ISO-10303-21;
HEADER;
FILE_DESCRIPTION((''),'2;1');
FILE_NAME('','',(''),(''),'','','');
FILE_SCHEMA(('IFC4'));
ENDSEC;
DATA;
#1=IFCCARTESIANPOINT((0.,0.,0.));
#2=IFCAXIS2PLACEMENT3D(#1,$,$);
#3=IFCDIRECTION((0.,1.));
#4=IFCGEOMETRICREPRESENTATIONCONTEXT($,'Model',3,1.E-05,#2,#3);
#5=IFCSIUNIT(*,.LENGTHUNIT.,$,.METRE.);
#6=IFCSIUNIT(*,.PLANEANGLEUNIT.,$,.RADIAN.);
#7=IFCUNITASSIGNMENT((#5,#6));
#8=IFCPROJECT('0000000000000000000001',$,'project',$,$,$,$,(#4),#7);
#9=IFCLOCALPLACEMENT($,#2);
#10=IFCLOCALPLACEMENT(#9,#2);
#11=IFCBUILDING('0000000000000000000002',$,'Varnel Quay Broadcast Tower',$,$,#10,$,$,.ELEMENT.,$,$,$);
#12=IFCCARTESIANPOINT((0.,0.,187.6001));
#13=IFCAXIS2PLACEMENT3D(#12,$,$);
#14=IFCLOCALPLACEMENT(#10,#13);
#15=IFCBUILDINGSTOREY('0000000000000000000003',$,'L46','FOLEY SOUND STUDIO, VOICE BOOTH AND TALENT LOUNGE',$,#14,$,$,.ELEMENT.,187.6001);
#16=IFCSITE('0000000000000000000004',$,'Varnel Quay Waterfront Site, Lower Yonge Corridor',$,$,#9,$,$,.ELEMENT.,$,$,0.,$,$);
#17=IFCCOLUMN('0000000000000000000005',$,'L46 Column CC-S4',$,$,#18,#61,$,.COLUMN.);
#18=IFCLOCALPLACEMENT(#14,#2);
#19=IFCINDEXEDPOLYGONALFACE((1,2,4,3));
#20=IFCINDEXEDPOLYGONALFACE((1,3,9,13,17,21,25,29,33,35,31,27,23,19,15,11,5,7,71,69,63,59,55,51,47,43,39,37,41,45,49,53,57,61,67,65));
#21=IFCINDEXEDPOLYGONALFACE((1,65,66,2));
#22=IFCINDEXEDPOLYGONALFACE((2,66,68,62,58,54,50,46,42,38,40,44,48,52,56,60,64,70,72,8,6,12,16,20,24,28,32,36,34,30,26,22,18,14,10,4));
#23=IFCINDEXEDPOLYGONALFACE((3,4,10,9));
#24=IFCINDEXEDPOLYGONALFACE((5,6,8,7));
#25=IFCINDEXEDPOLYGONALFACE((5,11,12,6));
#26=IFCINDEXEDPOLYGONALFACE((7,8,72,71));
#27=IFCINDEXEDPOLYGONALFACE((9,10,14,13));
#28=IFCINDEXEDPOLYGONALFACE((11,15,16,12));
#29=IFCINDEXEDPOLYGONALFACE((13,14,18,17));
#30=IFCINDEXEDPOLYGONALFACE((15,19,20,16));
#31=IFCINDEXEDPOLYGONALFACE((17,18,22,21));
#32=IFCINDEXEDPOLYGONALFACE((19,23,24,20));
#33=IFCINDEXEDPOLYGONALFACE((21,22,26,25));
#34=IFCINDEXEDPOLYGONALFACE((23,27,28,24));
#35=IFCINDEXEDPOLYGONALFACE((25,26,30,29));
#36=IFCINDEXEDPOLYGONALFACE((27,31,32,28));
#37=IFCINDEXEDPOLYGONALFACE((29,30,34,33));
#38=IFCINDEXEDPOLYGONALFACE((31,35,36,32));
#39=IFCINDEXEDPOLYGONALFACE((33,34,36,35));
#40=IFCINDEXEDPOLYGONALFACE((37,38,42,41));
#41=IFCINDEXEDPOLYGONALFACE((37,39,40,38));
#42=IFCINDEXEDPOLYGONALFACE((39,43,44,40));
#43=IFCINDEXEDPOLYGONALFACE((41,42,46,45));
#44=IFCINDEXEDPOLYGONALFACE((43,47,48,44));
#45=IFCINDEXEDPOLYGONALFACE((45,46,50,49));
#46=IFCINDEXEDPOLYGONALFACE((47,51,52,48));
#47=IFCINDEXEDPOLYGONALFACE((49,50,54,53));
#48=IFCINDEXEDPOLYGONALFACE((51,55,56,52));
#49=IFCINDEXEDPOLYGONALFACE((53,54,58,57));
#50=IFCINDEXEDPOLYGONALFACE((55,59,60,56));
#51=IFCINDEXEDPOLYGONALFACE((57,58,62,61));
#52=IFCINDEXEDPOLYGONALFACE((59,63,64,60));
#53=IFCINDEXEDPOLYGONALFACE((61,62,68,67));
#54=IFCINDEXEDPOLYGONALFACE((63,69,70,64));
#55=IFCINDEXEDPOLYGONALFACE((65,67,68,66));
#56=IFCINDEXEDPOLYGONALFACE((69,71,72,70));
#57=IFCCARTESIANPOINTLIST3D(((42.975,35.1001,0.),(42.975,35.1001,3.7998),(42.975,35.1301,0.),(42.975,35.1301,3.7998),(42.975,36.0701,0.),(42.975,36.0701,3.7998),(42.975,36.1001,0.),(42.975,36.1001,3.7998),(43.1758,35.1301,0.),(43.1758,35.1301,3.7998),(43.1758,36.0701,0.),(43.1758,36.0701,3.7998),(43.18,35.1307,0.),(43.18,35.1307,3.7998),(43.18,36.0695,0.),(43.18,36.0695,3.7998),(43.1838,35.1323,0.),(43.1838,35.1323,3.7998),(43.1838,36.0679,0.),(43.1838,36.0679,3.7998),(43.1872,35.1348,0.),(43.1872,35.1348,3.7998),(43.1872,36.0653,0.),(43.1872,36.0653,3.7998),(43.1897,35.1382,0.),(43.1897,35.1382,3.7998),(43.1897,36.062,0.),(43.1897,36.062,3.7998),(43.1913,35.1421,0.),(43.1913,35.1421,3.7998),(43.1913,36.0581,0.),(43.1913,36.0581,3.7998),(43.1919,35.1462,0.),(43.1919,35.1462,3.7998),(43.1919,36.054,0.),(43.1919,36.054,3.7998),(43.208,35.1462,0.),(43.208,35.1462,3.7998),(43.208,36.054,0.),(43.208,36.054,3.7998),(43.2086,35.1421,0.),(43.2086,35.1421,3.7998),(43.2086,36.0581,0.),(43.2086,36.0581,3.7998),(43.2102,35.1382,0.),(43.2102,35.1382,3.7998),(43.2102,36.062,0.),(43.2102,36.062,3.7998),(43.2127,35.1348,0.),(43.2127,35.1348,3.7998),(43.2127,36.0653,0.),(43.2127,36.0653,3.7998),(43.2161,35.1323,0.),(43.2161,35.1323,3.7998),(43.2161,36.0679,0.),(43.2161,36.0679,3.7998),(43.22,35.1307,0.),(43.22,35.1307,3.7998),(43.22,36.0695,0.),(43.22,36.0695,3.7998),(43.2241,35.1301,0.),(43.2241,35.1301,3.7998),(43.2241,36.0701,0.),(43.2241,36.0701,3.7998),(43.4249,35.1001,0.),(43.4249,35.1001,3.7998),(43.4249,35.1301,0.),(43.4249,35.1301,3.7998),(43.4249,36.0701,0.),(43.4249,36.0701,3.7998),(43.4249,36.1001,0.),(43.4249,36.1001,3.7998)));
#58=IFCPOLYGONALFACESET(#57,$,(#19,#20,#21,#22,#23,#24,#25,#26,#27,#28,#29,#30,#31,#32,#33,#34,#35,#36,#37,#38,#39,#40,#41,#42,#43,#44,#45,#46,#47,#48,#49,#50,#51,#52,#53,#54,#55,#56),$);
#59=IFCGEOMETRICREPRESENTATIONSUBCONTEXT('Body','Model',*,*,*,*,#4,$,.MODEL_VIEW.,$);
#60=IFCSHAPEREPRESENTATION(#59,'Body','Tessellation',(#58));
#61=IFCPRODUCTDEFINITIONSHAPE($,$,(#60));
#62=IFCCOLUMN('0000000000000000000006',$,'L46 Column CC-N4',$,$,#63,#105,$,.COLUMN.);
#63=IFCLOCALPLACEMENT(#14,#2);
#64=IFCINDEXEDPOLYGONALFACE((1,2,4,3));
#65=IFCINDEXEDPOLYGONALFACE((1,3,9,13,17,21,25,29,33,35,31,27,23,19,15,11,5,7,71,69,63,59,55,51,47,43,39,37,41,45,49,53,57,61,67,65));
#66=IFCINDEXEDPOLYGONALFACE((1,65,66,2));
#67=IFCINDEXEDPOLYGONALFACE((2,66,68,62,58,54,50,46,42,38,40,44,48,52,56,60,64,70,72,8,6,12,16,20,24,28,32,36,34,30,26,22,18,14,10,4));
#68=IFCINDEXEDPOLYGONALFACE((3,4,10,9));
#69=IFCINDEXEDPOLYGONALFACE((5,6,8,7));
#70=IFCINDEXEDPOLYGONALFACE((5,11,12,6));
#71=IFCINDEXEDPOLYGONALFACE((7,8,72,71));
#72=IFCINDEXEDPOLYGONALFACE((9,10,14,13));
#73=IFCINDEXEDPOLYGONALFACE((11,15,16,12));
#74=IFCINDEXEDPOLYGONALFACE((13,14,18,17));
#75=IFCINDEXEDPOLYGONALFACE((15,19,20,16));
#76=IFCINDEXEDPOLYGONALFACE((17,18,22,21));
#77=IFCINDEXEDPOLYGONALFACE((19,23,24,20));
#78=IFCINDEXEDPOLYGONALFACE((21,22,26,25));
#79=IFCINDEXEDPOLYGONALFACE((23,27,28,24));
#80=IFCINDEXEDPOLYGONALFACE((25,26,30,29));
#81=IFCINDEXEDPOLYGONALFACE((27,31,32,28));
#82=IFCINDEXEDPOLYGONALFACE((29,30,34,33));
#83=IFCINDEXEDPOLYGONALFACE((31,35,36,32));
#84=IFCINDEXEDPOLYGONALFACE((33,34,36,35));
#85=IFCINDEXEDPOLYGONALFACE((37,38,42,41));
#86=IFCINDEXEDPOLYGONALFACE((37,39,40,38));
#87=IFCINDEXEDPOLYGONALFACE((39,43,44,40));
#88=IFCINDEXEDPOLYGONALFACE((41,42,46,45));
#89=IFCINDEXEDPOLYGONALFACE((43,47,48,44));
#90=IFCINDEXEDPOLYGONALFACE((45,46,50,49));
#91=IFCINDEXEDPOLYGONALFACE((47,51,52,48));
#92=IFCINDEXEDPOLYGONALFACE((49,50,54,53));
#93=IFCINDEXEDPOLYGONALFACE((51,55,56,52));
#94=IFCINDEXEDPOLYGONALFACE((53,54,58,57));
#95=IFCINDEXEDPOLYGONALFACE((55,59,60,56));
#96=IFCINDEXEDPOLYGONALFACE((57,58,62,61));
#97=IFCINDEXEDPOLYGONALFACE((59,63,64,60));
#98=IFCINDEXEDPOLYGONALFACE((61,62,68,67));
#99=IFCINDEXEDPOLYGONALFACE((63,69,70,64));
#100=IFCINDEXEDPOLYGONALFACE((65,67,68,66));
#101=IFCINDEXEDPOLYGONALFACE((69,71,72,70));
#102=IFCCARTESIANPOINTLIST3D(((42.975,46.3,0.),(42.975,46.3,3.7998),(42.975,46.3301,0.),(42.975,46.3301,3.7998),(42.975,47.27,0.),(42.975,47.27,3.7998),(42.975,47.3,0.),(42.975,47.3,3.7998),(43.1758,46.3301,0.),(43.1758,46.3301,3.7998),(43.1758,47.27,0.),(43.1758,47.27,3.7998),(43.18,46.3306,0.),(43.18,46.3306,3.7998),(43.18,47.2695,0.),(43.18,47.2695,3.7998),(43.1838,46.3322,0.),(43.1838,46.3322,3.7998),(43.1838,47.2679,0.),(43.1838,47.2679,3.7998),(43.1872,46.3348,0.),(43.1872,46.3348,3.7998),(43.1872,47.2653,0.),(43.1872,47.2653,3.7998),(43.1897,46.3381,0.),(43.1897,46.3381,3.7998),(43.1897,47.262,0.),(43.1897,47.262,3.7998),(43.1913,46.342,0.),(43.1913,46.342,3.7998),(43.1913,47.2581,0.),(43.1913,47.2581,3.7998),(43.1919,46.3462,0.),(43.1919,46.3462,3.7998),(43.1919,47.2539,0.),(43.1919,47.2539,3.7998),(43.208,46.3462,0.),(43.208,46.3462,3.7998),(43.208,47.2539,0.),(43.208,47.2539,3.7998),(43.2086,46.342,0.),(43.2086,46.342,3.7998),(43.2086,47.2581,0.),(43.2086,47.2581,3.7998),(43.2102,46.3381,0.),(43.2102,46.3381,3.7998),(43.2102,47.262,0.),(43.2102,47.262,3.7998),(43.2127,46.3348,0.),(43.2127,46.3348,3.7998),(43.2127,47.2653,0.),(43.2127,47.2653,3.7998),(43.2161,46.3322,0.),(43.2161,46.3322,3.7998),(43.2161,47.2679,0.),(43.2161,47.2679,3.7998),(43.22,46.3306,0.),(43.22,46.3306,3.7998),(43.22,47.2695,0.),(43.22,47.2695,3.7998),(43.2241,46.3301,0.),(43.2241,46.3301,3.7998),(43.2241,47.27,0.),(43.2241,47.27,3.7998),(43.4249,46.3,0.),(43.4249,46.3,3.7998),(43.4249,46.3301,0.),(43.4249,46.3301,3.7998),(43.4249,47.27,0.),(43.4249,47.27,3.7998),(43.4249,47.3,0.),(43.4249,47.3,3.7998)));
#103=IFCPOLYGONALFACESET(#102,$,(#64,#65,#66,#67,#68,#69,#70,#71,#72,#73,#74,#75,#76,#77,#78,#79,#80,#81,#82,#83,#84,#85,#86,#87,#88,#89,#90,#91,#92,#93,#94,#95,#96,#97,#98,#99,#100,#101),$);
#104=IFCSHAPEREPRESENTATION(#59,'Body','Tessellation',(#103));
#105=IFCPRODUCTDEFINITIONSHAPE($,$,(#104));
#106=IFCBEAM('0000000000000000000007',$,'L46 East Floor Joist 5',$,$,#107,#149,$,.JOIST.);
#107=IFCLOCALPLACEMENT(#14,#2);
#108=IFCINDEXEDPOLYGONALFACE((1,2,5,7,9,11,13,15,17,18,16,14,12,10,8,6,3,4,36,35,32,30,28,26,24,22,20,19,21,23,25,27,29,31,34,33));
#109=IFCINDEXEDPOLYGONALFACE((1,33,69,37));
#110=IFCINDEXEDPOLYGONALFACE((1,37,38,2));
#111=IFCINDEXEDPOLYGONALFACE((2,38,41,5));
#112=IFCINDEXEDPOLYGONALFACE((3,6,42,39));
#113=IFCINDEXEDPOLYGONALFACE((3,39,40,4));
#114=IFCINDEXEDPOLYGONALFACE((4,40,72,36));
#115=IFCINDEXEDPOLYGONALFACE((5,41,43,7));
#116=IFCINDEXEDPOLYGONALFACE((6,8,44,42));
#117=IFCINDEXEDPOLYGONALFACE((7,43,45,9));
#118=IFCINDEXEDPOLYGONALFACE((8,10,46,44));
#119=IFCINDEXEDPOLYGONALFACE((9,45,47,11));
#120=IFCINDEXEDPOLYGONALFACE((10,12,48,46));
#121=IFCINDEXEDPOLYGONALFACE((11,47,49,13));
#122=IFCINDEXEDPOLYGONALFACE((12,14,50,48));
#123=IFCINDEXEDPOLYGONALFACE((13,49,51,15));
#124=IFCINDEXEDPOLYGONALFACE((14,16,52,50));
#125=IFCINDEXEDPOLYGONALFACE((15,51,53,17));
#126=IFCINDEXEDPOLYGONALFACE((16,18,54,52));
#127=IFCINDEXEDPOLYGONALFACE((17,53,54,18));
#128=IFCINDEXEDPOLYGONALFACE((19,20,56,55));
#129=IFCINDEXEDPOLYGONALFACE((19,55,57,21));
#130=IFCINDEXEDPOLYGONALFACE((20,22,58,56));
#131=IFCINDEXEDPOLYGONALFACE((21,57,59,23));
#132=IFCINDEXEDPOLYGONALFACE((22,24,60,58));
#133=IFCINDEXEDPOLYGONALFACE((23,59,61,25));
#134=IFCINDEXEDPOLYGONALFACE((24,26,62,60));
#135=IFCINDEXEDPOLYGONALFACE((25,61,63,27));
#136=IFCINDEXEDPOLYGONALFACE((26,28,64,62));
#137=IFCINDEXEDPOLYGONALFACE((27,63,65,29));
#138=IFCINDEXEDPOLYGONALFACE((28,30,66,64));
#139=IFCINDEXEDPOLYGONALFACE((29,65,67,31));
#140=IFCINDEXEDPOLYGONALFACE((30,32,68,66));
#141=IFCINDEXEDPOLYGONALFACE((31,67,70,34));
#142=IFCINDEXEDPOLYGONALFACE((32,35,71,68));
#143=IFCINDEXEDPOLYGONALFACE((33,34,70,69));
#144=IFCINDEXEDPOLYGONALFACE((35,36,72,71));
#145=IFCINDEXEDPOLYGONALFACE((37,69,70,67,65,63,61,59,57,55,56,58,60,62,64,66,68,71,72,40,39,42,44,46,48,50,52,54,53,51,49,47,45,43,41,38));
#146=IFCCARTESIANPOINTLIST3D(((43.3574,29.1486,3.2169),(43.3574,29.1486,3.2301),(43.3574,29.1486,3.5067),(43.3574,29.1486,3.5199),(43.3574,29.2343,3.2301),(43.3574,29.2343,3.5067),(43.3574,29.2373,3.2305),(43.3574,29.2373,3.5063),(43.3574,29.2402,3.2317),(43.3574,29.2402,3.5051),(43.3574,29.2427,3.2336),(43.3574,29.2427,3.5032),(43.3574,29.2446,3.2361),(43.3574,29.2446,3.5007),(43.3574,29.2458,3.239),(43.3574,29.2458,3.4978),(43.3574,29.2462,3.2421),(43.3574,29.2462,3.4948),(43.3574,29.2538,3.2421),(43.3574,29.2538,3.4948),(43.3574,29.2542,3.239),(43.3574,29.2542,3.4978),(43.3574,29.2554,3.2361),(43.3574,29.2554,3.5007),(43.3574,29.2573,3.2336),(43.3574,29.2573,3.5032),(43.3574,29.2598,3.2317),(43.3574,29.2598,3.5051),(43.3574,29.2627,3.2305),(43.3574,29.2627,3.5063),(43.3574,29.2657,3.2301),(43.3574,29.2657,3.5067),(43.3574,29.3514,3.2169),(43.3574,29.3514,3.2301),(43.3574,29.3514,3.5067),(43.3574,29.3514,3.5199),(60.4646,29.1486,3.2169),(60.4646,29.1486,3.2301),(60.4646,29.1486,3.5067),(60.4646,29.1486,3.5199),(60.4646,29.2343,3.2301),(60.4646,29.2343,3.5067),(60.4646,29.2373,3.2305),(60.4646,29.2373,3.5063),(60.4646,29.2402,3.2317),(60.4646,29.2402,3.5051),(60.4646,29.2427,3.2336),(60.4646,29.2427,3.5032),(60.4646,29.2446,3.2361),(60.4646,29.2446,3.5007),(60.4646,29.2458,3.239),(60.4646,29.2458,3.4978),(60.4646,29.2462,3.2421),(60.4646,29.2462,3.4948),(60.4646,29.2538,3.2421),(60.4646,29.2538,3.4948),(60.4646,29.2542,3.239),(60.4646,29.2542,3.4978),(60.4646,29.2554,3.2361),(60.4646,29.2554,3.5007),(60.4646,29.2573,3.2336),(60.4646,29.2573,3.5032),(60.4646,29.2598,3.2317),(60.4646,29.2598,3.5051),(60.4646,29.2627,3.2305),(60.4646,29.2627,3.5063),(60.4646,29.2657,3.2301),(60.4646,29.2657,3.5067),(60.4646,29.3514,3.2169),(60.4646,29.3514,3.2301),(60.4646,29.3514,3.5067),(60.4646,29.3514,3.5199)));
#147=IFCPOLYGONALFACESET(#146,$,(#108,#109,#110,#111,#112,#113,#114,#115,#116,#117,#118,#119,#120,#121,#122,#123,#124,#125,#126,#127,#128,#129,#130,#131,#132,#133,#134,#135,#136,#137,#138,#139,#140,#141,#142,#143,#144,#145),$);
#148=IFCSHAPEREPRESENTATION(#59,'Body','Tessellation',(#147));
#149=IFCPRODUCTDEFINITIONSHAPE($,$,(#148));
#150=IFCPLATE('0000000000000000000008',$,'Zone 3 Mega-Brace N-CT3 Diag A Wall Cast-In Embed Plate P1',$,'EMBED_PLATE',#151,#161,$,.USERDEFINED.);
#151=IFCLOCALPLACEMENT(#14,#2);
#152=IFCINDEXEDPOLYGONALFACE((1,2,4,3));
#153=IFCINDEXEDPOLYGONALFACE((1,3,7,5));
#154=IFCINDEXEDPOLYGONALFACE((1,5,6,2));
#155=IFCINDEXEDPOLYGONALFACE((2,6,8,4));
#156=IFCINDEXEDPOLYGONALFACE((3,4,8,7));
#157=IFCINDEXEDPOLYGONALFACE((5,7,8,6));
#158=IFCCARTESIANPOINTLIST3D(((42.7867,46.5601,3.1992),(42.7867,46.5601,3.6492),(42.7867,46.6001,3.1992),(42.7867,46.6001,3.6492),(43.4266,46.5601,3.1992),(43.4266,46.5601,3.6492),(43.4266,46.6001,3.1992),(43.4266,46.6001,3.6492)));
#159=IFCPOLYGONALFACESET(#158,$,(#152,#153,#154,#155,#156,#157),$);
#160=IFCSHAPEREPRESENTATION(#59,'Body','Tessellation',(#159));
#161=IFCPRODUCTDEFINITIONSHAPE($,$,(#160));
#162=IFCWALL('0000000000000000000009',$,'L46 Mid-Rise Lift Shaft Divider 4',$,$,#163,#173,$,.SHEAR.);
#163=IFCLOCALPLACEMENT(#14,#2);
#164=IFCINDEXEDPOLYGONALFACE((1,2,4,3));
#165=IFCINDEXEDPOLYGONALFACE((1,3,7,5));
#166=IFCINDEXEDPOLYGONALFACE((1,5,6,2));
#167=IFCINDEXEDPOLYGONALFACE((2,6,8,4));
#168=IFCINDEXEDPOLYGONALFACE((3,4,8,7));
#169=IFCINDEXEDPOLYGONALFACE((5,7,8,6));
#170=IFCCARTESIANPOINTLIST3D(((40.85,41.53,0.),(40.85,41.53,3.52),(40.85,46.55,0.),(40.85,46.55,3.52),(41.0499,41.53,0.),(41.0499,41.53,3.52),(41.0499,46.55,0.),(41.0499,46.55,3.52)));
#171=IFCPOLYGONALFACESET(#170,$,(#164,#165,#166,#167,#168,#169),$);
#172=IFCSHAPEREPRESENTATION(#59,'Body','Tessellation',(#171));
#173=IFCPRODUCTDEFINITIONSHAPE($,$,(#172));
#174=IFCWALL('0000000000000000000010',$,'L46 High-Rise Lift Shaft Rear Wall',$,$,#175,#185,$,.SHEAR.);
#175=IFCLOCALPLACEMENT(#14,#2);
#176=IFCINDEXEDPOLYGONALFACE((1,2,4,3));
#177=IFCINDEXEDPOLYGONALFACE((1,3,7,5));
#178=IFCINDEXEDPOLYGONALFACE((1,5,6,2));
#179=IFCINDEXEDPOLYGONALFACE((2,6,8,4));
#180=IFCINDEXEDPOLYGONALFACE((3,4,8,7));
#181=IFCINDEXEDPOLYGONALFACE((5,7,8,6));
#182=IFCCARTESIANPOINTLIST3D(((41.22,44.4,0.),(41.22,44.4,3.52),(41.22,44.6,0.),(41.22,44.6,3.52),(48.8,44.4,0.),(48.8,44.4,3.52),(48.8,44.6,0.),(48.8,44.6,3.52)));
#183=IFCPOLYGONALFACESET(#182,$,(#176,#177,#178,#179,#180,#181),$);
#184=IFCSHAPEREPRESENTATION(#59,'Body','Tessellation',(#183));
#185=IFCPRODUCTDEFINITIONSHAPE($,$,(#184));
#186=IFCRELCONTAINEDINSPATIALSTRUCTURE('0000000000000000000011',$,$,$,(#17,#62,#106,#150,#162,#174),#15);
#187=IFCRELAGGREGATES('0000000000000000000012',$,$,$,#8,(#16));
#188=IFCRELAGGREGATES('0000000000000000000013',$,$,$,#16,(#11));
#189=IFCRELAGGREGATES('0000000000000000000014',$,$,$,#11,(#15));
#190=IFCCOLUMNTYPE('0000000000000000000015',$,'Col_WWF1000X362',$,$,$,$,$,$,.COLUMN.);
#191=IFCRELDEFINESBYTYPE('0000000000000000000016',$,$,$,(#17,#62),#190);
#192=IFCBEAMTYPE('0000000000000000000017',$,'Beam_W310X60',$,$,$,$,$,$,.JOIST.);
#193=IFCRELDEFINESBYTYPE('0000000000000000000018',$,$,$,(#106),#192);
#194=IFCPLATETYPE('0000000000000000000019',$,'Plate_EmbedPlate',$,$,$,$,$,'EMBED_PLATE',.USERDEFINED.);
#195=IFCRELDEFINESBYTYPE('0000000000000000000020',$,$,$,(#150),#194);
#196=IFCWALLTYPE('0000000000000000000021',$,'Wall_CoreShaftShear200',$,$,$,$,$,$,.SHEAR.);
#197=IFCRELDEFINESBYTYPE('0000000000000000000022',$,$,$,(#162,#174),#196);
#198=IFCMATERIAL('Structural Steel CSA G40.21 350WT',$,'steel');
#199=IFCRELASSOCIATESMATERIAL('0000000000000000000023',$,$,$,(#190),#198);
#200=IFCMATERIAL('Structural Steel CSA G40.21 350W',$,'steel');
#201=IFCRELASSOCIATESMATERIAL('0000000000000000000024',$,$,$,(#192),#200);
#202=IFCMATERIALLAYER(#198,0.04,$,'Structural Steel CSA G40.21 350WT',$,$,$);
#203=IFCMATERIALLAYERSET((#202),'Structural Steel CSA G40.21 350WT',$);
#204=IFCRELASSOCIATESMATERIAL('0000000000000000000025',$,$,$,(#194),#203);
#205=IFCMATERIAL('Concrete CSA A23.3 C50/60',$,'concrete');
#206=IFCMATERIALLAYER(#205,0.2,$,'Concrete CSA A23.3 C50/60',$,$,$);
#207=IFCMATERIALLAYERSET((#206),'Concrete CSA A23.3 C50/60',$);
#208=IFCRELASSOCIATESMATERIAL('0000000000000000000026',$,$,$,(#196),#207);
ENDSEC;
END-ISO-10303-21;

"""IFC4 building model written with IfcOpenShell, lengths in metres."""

from ifc_helpers import new_model, si_unit, direction, frame, frame_2d, origin, origin_2d, place, context, subcontext, project, spatial, rectangle, i_section, extrude, source, transform, mapped, material, layer, layer_set, material_profile, profile_set, type_object, type_shapes, element, save


model = new_model("IFC4")

# Units and contexts
model_context = context("Model", 3, precision=1e-05, world=origin(), true_north=direction((0.0, 1.0)))
body_context = subcontext(model_context, "Body", "Model", "MODEL_VIEW")
ifc_project = project(units=[si_unit("LENGTHUNIT", "METRE"), si_unit("PLANEANGLEUNIT", "RADIAN")], contexts=[model_context])

# Site, building, storey
site_placement = place(None, origin())
site = spatial("IfcSite", under=ifc_project, at=site_placement, Name="Varnel Quay Waterfront Site, Lower Yonge Corridor", CompositionType="ELEMENT", RefElevation=0.0)
building_placement = place(site_placement, origin())
building = spatial("IfcBuilding", under=site, at=building_placement, Name="Varnel Quay Broadcast Tower", CompositionType="ELEMENT")
storey_placement = place(building_placement, frame((0.0, 0.0, 187.6001)))
storey = spatial("IfcBuildingStorey", under=building, at=storey_placement, Name="L46", Description="FOLEY SOUND STUDIO, VOICE BOOTH AND TALENT LOUNGE", CompositionType="ELEMENT", Elevation=187.6001)

# Columns
ifc_material_1 = material(Name="Structural Steel CSA G40.21 350WT", Category="steel")
ifc_material_profile_1 = material_profile(ifc_material_1, i_section(OverallWidth=0.45, OverallDepth=1.0, WebThickness=0.0161, FlangeThickness=0.03, FilletRadius=0.0161, at=origin_2d()), Name="WWF1000X362")
ifc_profile_set_1 = profile_set([ifc_material_profile_1], Name="Structural Steel CSA G40.21 350WT")
column_type = type_object("IfcColumnType", Name="Col_WWF1000X362", PredefinedType="COLUMN", material=ifc_profile_set_1)
shared_shape_1 = source(origin(), body_context, "Body", "SweptSolid", [
    extrude(i_section(OverallWidth=0.45, OverallDepth=1.0, WebThickness=0.0161, FlangeThickness=0.03, FilletRadius=0.0161, at=origin_2d()), origin(), (0.0, 0.0, 1.0), 3.7998),
])
type_shapes(column_type, [shared_shape_1])
for number, where, z_axis, x_axis, name in (
    (1, (43.2, 35.6001, 0.0), (0.0, 0.0, 1.0), (1.0, 0.0, 0.0), "L46 Column CC-S4"),
    (2, (43.2, 46.8, 0.0), (0.0, 0.0, 1.0), (1.0, 0.0, 0.0), "L46 Column CC-N4"),
):
    element("IfcColumn", number, at=place(storey_placement, frame(where, z_axis=z_axis, x_axis=x_axis)), inside=storey, type_object=column_type, Name=name, PredefinedType="COLUMN", context=body_context, shape_type="MappedRepresentation", body=[
        mapped(shared_shape_1, transform((0.0, 0.0, 0.0), x_axis=(1.0, 0.0, 0.0), y_axis=(0.0, 1.0, 0.0), z_axis=(0.0, 0.0, 1.0), scale=1.0)),
    ])

# Beam
ifc_material_2 = material(Name="Structural Steel CSA G40.21 350W", Category="steel")
ifc_material_profile_2 = material_profile(ifc_material_2, i_section(OverallWidth=0.2029, OverallDepth=0.303, WebThickness=0.0076, FlangeThickness=0.0132, FilletRadius=0.012, at=origin_2d()), Name="W310X60")
ifc_profile_set_2 = profile_set([ifc_material_profile_2], Name="Structural Steel CSA G40.21 350W")
beam_type = type_object("IfcBeamType", Name="Beam_W310X60", PredefinedType="JOIST", material=ifc_profile_set_2)
shared_shape_2 = source(origin(), body_context, "Body", "SweptSolid", [
    extrude(i_section(OverallWidth=0.2029, OverallDepth=0.303, WebThickness=0.0076, FlangeThickness=0.0132, FilletRadius=0.012, at=origin_2d()), origin(), (0.0, 0.0, 1.0), 17.1072),
])
type_shapes(beam_type, [shared_shape_2])
beam_placement = place(storey_placement, frame((43.3574, 29.25, 3.3684), z_axis=(1.0, 0.0, 0.0), x_axis=(0.0, 1.0, 0.0)))
element("IfcBeam", 3, at=beam_placement, inside=storey, type_object=beam_type, Name="L46 East Floor Joist 5", PredefinedType="JOIST", context=body_context, shape_type="MappedRepresentation", body=[
    mapped(shared_shape_2, transform((0.0, 0.0, 0.0), x_axis=(1.0, 0.0, 0.0), y_axis=(0.0, 1.0, 0.0), z_axis=(0.0, 0.0, 1.0), scale=1.0)),
])

# Plate
ifc_layer_1 = layer(ifc_material_1, 0.04, Name="Structural Steel CSA G40.21 350WT")
ifc_layer_set_1 = layer_set([ifc_layer_1], Name="Structural Steel CSA G40.21 350WT")
plate_type = type_object("IfcPlateType", Name="Plate_EmbedPlate", ElementType="EMBED_PLATE", PredefinedType="USERDEFINED", material=ifc_layer_set_1)
shared_shape_3 = source(origin(), body_context, "Body", "SweptSolid", [
    extrude(rectangle(XDim=0.6399, YDim=0.04, at=origin_2d()), origin(), (0.0, 0.0, 1.0), 0.45),
])
type_shapes(plate_type, [shared_shape_3])
plate_placement = place(storey_placement, frame((43.1067, 46.5801, 3.1992), z_axis=(0.0, 0.0, 1.0), x_axis=(1.0, 0.0, 0.0)))
element("IfcPlate", 4, at=plate_placement, inside=storey, type_object=plate_type, Name="Zone 3 Mega-Brace N-CT3 Diag A Wall Cast-In Embed Plate P1", ObjectType="EMBED_PLATE", PredefinedType="USERDEFINED", context=body_context, shape_type="MappedRepresentation", body=[
    mapped(shared_shape_3, transform((0.0, 0.0, 0.0), x_axis=(1.0, 0.0, 0.0), y_axis=(0.0, 1.0, 0.0), z_axis=(0.0, 0.0, 1.0), scale=1.0)),
])

# Walls
ifc_material_3 = material(Name="Concrete CSA A23.3 C50/60", Category="concrete")
ifc_layer_2 = layer(ifc_material_3, 0.2, Name="Concrete CSA A23.3 C50/60")
ifc_layer_set_2 = layer_set([ifc_layer_2], Name="Concrete CSA A23.3 C50/60")
wall_type_1 = type_object("IfcWallType", Name="Wall_CoreShaftShear200", PredefinedType="SHEAR", material=ifc_layer_set_2)
wall_1_placement = place(storey_placement, frame((40.95, 41.53, 0.0), z_axis=(0.0, 0.0, 1.0), x_axis=(0.0, 1.0, 0.0)))
element("IfcWall", 5, at=wall_1_placement, inside=storey, type_object=wall_type_1, Name="L46 Mid-Rise Lift Shaft Divider 4", PredefinedType="SHEAR", context=body_context, shape_type="SweptSolid", body=[
    extrude(rectangle(XDim=5.02, YDim=0.2, at=frame_2d((2.51, 0.0))), origin(), (0.0, 0.0, 1.0), 3.52),
])
wall_2_placement = place(storey_placement, frame((41.22, 44.5, 0.0), z_axis=(0.0, 0.0, 1.0), x_axis=(1.0, 0.0, 0.0)))
element("IfcWall", 6, at=wall_2_placement, inside=storey, type_object=wall_type_1, Name="L46 High-Rise Lift Shaft Rear Wall", PredefinedType="SHEAR", context=body_context, shape_type="SweptSolid", body=[
    extrude(rectangle(XDim=7.5801, YDim=0.2, at=frame_2d((3.79, 0.0))), origin(), (0.0, 0.0, 1.0), 3.52),
])

save(model, "model.ifc")
